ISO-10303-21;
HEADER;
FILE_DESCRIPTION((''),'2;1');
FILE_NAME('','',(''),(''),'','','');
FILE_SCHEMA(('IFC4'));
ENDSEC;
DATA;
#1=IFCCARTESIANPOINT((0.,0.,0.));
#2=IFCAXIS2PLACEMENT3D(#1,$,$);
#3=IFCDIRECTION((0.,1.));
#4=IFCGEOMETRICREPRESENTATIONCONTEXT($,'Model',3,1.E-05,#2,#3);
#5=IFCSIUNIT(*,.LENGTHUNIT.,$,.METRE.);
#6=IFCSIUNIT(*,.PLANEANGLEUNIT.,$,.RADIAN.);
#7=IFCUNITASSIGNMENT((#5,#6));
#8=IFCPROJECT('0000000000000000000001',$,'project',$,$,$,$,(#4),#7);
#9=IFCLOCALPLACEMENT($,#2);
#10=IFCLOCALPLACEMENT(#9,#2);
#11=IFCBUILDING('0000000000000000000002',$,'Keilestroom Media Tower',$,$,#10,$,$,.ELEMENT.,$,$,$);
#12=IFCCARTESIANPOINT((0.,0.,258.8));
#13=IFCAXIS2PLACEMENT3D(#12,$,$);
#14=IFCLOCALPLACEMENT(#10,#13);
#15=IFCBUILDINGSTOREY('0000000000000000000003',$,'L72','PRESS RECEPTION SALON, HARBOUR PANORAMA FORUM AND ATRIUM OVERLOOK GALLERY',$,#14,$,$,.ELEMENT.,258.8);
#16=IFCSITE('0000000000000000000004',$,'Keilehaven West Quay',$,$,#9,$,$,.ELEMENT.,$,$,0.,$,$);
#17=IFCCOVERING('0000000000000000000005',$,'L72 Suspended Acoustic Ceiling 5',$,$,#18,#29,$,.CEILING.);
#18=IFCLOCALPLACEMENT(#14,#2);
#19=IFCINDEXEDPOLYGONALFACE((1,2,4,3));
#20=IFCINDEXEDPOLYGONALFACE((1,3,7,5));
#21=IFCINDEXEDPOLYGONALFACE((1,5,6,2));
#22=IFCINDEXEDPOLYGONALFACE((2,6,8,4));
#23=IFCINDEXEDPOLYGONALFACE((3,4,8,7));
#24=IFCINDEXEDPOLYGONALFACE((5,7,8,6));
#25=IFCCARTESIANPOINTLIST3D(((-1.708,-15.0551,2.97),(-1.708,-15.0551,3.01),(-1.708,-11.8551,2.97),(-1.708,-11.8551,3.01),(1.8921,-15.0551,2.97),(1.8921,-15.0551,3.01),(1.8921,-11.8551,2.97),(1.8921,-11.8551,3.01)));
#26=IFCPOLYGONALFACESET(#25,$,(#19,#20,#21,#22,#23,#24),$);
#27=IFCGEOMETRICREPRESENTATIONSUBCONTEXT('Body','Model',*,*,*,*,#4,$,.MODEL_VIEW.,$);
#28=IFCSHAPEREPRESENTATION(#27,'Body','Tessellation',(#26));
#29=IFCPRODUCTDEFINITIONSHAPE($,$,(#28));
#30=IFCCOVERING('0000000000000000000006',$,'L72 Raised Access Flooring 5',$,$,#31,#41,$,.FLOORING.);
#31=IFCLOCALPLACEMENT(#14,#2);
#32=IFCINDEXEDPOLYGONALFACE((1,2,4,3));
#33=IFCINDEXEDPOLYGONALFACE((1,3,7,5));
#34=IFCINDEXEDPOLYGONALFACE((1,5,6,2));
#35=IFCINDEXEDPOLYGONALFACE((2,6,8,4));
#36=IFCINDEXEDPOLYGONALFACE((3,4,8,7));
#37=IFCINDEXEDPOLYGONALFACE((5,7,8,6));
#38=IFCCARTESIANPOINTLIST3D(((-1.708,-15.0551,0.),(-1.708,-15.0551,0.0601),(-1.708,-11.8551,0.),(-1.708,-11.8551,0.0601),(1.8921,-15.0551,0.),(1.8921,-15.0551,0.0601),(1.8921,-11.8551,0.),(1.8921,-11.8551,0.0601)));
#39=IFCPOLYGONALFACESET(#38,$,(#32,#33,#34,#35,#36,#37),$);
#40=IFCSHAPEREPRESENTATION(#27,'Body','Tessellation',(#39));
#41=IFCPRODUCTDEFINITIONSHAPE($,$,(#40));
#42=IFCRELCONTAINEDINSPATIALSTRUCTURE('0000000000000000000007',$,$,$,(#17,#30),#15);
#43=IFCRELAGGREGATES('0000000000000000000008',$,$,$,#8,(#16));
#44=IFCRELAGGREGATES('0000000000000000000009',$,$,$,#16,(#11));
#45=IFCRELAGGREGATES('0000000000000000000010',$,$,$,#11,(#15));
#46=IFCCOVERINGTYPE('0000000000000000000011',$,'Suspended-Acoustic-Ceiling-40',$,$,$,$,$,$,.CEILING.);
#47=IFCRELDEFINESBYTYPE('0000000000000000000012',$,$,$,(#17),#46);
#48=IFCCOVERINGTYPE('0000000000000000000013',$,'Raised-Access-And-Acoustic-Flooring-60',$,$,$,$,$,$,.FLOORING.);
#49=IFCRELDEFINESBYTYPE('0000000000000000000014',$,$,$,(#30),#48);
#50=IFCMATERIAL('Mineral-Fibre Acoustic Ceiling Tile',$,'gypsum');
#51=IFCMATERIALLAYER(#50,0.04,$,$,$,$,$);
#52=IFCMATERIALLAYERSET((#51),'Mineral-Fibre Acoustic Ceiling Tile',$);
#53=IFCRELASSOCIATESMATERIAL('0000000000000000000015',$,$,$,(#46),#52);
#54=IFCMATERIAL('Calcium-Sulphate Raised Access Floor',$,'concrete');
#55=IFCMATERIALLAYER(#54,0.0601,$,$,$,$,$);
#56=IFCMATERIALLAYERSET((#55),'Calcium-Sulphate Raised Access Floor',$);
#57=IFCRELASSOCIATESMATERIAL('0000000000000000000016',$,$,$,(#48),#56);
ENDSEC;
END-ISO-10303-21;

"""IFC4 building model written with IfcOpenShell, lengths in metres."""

from ifc_helpers import new_model, si_unit, direction, frame, origin, origin_2d, place, context, subcontext, project, spatial, rectangle, extrude, source, transform, mapped, material, layer, layer_set, type_object, element, save


model = new_model("IFC4")

# Units and contexts
model_context = context("Model", 3, precision=1e-05, world=origin(), true_north=direction((0.0, 1.0)))
body_context = subcontext(model_context, "Body", "Model", "MODEL_VIEW")
ifc_project = project(units=[si_unit("LENGTHUNIT", "METRE"), si_unit("PLANEANGLEUNIT", "RADIAN")], contexts=[model_context])

# Site, building, storey
site_placement = place(None, origin())
site = spatial("IfcSite", under=ifc_project, at=site_placement, Name="Keilehaven West Quay", CompositionType="ELEMENT", RefElevation=0.0)
building_placement = place(site_placement, origin())
building = spatial("IfcBuilding", under=site, at=building_placement, Name="Keilestroom Media Tower", CompositionType="ELEMENT")
storey_placement = place(building_placement, frame((0.0, 0.0, 258.8)))
storey = spatial("IfcBuildingStorey", under=building, at=storey_placement, Name="L72", Description="PRESS RECEPTION SALON, HARBOUR PANORAMA FORUM AND ATRIUM OVERLOOK GALLERY", CompositionType="ELEMENT", Elevation=258.8)

# Coverings
ifc_material_1 = material(Name="Mineral-Fibre Acoustic Ceiling Tile", Category="gypsum")
ifc_layer_1 = layer(ifc_material_1, 0.04)
ifc_layer_set_1 = layer_set([ifc_layer_1], Name="Mineral-Fibre Acoustic Ceiling Tile")
covering_type_1 = type_object("IfcCoveringType", Name="Suspended-Acoustic-Ceiling-40", PredefinedType="CEILING", material=ifc_layer_set_1)
shared_shape_1 = source(origin(), body_context, "Body", "SweptSolid", [
    extrude(rectangle(XDim=3.6001, YDim=3.2, at=origin_2d()), origin(), (0.0, 0.0, 1.0), 0.04),
])
covering_1_placement = place(storey_placement, frame((0.092, -13.4551, 2.97), z_axis=(0.0, 0.0, 1.0), x_axis=(1.0, 0.0, 0.0)))
element("IfcCovering", 1, at=covering_1_placement, inside=storey, type_object=covering_type_1, Name="L72 Suspended Acoustic Ceiling 5", PredefinedType="CEILING", context=body_context, shape_type="MappedRepresentation", body=[
    mapped(shared_shape_1, transform((0.0, 0.0, 0.0), x_axis=(1.0, 0.0, 0.0), y_axis=(0.0, 1.0, 0.0), z_axis=(0.0, 0.0, 1.0), scale=1.0)),
])
ifc_material_2 = material(Name="Calcium-Sulphate Raised Access Floor", Category="concrete")
ifc_layer_2 = layer(ifc_material_2, 0.0601)
ifc_layer_set_2 = layer_set([ifc_layer_2], Name="Calcium-Sulphate Raised Access Floor")
covering_type_2 = type_object("IfcCoveringType", Name="Raised-Access-And-Acoustic-Flooring-60", PredefinedType="FLOORING", material=ifc_layer_set_2)
shared_shape_2 = source(origin(), body_context, "Body", "SweptSolid", [
    extrude(rectangle(XDim=3.6001, YDim=3.2, at=origin_2d()), origin(), (0.0, 0.0, 1.0), 0.0601),
])
covering_2_placement = place(storey_placement, frame((0.092, -13.4551, 0.0), z_axis=(0.0, 0.0, 1.0), x_axis=(1.0, 0.0, 0.0)))
element("IfcCovering", 2, at=covering_2_placement, inside=storey, type_object=covering_type_2, Name="L72 Raised Access Flooring 5", PredefinedType="FLOORING", context=body_context, shape_type="MappedRepresentation", body=[
    mapped(shared_shape_2, transform((0.0, 0.0, 0.0), x_axis=(1.0, 0.0, 0.0), y_axis=(0.0, 1.0, 0.0), z_axis=(0.0, 0.0, 1.0), scale=1.0)),
])

save(model, "model.ifc")
